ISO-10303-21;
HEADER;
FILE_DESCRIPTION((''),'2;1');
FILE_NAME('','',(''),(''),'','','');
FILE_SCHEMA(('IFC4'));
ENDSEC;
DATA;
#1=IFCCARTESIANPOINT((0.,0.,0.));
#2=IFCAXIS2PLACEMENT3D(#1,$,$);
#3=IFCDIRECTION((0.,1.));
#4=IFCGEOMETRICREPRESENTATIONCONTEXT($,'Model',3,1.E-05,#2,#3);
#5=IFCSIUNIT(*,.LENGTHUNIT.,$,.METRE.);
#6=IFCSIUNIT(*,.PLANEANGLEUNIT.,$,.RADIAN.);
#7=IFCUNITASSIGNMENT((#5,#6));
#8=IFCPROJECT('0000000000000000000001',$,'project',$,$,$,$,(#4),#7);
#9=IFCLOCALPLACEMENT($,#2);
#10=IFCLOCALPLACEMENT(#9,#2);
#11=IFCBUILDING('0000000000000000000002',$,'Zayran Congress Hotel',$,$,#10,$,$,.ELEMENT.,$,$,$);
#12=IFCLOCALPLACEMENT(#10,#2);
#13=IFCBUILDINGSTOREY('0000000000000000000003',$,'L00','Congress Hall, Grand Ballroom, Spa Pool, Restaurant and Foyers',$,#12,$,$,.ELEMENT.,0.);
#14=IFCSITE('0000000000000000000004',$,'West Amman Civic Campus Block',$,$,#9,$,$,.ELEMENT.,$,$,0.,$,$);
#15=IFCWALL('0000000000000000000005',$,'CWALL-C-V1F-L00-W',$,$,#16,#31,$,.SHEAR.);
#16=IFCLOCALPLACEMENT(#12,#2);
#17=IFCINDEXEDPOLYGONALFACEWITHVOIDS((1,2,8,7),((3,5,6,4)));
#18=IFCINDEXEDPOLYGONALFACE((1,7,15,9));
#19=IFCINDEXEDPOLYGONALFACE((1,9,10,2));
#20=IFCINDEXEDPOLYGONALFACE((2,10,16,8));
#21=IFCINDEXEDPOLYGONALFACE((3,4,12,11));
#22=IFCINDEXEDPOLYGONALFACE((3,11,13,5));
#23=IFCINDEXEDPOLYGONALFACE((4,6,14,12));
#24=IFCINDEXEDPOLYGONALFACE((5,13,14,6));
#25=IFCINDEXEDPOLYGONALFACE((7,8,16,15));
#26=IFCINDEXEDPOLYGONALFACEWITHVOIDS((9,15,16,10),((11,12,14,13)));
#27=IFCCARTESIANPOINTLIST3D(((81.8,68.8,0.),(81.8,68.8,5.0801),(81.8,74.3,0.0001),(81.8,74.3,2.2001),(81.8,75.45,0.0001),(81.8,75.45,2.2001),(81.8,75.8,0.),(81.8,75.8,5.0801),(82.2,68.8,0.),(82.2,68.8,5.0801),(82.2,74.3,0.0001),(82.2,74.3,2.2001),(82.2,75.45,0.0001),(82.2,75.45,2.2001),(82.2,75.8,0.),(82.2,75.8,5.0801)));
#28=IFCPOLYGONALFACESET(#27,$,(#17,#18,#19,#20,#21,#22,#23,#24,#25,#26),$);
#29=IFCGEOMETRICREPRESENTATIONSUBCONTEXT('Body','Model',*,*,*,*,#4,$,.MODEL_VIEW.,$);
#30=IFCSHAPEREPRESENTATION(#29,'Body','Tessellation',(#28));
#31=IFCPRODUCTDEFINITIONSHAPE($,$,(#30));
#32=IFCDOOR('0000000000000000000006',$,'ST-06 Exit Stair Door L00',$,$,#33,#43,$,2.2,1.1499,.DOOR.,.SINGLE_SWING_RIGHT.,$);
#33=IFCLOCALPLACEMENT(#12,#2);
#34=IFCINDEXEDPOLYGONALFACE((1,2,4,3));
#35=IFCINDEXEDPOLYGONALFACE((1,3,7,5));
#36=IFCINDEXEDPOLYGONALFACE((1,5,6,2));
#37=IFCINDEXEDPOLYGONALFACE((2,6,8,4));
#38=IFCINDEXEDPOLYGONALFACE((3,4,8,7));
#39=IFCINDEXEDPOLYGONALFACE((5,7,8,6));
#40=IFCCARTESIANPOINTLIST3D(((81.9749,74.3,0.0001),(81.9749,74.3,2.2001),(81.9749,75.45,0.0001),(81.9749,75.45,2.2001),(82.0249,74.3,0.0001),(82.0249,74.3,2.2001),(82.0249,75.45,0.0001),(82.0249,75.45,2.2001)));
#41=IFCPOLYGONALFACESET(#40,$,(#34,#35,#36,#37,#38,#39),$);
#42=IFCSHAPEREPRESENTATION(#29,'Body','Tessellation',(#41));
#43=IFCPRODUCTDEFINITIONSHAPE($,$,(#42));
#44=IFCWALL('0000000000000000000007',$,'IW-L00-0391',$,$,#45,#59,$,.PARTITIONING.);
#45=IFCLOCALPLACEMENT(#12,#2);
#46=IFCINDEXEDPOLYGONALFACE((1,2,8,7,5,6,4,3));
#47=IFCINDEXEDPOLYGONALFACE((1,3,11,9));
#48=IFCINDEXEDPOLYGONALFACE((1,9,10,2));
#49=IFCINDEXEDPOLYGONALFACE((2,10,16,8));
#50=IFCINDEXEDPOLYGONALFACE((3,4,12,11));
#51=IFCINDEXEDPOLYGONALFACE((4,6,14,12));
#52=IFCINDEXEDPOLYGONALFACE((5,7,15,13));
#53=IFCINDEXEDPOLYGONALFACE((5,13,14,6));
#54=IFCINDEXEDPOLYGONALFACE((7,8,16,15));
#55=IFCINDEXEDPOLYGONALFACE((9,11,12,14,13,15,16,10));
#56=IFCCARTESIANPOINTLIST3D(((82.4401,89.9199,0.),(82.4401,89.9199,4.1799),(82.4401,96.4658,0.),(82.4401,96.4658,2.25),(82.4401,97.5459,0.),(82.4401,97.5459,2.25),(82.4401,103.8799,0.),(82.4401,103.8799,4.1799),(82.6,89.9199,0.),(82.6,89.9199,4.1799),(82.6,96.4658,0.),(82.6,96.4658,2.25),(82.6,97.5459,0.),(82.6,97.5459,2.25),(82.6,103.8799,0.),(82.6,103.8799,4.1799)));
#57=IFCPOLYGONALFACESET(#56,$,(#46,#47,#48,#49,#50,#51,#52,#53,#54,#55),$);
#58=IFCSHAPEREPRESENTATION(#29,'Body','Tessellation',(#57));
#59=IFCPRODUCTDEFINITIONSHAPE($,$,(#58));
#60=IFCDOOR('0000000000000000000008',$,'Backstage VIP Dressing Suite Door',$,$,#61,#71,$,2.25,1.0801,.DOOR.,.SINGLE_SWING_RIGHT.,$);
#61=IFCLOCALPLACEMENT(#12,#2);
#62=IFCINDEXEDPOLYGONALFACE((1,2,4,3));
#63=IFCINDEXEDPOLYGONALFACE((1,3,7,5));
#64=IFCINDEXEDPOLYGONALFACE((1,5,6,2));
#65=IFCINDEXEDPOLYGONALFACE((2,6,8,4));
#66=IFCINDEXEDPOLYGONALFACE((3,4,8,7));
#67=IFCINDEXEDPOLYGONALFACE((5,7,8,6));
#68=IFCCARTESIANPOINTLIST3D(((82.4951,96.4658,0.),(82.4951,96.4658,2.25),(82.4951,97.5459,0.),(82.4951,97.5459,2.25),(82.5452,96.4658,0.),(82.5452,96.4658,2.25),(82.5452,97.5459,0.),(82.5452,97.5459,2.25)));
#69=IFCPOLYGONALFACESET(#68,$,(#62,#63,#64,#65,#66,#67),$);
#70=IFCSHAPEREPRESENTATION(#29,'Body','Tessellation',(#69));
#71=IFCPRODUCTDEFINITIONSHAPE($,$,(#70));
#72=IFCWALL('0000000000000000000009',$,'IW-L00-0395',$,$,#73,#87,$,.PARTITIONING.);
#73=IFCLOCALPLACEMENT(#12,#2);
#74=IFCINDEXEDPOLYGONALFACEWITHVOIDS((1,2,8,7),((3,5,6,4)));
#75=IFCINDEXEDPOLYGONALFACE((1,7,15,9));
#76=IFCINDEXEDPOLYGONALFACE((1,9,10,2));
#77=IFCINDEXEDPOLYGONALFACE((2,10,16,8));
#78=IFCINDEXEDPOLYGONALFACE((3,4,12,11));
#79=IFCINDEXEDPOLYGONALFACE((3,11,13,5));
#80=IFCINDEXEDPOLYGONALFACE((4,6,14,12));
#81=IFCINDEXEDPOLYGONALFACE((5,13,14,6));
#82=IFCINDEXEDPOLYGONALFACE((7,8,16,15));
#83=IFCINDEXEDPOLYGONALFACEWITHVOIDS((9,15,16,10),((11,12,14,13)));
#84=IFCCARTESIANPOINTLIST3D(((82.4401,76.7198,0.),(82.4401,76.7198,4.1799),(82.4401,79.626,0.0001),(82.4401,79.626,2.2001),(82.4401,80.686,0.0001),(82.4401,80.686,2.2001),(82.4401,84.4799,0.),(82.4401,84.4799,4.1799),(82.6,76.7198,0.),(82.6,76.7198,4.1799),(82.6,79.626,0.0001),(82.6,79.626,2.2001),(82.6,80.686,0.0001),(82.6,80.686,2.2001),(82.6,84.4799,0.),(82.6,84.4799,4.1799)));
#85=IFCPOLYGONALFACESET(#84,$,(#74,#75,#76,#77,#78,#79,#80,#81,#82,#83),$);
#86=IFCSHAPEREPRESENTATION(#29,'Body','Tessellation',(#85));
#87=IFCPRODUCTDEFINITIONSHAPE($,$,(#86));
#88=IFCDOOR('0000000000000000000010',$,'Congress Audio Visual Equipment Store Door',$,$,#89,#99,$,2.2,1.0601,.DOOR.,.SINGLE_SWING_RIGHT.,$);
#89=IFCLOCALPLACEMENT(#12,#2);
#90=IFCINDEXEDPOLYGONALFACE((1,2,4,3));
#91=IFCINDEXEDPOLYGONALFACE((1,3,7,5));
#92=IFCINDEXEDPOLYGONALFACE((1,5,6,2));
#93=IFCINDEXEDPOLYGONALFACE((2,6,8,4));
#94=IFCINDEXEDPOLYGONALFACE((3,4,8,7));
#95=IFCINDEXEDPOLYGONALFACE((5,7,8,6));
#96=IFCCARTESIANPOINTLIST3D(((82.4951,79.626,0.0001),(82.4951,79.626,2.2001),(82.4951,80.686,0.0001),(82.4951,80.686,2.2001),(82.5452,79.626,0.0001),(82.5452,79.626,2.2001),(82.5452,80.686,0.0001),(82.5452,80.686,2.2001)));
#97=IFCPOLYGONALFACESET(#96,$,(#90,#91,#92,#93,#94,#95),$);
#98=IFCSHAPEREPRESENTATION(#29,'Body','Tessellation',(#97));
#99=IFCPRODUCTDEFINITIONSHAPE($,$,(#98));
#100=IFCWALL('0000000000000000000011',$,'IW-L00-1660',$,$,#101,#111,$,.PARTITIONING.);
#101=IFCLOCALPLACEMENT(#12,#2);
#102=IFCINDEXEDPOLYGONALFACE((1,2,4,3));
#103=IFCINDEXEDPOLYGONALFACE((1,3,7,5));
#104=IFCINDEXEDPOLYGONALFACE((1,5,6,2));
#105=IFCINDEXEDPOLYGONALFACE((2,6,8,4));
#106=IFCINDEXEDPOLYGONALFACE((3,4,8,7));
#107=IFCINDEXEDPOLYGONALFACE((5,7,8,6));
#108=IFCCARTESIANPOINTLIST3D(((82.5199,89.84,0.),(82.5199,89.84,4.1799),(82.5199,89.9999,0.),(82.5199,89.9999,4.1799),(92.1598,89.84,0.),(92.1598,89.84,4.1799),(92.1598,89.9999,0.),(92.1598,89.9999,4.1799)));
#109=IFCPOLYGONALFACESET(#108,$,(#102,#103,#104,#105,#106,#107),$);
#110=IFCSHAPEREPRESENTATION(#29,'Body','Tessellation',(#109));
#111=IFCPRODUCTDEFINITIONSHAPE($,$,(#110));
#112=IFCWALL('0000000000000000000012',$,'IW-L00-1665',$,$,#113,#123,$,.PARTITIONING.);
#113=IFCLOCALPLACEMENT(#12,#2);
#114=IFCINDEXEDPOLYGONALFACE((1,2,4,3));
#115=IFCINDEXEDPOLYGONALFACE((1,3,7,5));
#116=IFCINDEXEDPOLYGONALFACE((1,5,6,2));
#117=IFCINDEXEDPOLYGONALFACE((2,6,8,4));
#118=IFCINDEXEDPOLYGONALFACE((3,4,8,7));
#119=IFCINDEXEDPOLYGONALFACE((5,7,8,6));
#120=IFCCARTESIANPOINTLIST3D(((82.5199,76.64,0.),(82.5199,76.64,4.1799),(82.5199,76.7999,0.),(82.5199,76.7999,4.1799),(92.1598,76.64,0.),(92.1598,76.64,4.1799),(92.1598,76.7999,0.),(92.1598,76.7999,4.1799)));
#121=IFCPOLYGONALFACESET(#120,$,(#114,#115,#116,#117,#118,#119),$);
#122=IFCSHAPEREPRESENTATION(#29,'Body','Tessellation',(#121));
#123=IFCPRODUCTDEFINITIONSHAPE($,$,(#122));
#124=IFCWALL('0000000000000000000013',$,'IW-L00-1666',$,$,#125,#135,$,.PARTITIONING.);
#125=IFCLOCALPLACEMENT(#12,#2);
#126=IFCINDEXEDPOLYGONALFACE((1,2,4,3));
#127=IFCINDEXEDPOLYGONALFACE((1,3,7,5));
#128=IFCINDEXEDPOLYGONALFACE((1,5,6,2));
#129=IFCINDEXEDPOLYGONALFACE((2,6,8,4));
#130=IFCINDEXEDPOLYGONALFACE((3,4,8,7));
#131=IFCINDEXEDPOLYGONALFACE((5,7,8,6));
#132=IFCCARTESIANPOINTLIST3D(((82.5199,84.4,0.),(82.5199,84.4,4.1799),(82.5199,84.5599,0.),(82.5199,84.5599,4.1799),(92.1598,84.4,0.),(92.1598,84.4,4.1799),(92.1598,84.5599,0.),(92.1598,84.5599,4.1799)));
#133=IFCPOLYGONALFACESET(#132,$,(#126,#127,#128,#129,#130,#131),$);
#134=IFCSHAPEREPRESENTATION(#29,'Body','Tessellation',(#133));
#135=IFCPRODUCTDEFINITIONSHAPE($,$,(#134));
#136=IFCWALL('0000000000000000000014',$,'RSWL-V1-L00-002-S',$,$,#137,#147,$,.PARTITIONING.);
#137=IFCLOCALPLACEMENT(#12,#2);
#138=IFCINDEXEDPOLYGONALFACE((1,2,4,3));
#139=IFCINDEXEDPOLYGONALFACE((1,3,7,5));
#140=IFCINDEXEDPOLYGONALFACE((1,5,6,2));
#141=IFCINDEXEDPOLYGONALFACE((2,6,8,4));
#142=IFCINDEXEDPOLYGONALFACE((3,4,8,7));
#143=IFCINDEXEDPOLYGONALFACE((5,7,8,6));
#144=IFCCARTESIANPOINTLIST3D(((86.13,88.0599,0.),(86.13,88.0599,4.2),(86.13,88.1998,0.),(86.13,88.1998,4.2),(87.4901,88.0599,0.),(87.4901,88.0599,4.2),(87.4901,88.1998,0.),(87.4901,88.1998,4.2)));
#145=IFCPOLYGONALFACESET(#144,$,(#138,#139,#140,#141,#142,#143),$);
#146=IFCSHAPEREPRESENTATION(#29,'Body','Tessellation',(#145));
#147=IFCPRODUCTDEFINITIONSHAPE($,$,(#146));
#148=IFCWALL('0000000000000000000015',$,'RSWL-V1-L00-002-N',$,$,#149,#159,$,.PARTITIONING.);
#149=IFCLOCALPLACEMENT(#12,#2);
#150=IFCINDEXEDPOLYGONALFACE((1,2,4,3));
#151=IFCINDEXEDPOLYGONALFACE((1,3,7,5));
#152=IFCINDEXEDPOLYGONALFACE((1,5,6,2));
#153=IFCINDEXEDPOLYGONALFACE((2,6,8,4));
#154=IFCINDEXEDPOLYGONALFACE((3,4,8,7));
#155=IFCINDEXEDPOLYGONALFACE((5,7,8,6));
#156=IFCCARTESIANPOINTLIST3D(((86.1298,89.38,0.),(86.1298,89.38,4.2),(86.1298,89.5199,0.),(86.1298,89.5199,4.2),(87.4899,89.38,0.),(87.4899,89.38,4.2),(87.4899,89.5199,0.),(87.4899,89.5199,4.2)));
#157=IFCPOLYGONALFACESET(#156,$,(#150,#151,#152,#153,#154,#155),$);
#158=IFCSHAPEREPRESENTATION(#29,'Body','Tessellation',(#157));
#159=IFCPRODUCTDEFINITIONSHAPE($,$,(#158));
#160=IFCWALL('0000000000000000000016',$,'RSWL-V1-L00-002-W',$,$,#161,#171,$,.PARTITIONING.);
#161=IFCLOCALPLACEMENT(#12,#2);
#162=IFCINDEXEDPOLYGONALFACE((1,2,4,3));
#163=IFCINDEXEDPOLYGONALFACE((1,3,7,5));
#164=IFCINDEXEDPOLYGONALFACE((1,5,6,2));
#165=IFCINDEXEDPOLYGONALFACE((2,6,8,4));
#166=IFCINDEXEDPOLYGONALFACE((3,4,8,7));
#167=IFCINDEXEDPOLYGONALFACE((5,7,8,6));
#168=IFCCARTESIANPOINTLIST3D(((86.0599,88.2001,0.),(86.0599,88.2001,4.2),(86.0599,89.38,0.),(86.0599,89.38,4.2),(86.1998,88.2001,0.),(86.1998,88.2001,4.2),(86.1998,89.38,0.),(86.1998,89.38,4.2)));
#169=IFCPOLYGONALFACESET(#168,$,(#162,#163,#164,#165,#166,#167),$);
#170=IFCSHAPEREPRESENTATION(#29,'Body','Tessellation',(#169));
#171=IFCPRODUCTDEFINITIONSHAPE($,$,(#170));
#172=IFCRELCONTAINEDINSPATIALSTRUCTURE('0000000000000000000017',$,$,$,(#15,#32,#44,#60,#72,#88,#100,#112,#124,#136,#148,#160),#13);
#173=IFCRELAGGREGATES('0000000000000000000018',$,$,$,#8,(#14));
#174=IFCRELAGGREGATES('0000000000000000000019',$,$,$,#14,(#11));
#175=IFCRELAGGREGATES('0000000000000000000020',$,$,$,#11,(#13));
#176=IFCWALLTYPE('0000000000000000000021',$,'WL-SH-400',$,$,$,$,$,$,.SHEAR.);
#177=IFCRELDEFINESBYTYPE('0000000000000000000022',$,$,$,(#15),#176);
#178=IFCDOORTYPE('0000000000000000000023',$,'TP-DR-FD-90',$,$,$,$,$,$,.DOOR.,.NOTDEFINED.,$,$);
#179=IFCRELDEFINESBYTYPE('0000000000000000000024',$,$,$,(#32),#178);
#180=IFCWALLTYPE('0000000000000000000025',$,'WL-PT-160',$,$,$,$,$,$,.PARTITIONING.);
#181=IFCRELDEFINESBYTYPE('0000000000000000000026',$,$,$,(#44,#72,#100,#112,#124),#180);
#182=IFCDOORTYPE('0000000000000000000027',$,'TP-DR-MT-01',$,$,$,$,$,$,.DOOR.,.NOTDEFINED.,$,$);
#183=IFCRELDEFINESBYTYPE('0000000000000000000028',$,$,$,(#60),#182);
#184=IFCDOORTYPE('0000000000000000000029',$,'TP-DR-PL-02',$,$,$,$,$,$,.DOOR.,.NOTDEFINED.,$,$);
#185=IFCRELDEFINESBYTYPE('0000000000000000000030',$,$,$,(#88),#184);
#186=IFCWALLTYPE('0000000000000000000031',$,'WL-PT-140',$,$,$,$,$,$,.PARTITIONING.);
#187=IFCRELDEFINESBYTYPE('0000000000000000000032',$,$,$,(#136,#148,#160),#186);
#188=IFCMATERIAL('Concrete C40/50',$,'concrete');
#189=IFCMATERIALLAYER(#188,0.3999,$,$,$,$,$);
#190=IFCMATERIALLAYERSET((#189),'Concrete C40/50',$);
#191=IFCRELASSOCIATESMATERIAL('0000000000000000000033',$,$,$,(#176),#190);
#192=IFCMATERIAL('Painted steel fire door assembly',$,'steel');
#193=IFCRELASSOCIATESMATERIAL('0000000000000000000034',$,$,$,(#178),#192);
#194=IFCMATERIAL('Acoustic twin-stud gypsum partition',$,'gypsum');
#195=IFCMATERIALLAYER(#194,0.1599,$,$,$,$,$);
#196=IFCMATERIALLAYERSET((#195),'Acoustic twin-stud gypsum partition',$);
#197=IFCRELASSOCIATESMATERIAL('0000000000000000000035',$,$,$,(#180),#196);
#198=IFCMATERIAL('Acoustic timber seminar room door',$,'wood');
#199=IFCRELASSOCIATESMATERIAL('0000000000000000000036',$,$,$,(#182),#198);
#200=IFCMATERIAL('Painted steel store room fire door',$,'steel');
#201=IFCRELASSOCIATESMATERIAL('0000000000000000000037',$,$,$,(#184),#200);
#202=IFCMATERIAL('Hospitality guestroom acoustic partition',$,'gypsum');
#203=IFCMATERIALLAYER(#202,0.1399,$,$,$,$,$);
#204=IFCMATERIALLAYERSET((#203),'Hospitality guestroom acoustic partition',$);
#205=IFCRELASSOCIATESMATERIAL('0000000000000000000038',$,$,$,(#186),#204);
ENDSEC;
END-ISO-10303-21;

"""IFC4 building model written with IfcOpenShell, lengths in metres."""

from ifc_helpers import new_model, si_unit, direction, frame, frame_2d, origin, place, context, subcontext, project, spatial, rectangle, extrude, material, layer, layer_set, type_object, element, fill, save


model = new_model("IFC4")

# Units and contexts
model_context = context("Model", 3, precision=1e-05, world=origin(), true_north=direction((0.0, 1.0)))
body_context = subcontext(model_context, "Body", "Model", "MODEL_VIEW")
ifc_project = project(units=[si_unit("LENGTHUNIT", "METRE"), si_unit("PLANEANGLEUNIT", "RADIAN")], contexts=[model_context])

# Site, building, storey
site_placement = place(None, origin())
site = spatial("IfcSite", under=ifc_project, at=site_placement, Name="West Amman Civic Campus Block", CompositionType="ELEMENT", RefElevation=0.0)
building_placement = place(site_placement, origin())
building = spatial("IfcBuilding", under=site, at=building_placement, Name="Zayran Congress Hotel", CompositionType="ELEMENT")
storey_placement = place(building_placement, origin())
storey = spatial("IfcBuildingStorey", under=building, at=storey_placement, Name="L00", Description="Congress Hall, Grand Ballroom, Spa Pool, Restaurant and Foyers", CompositionType="ELEMENT", Elevation=0.0)

# Shared definitions
ifc_material_1 = material(Name="Concrete C40/50", Category="concrete")

# Walls, openings, doors
ifc_layer_1 = layer(ifc_material_1, 0.3999)
ifc_layer_set_1 = layer_set([ifc_layer_1], Name="Concrete C40/50")
wall_type_1 = type_object("IfcWallType", Name="WL-SH-400", PredefinedType="SHEAR", material=ifc_layer_set_1)
wall_1_placement = place(storey_placement, frame((82.0, 75.8, 0.0), z_axis=(0.0, 0.0, 1.0), x_axis=(0.0, -1.0, 0.0)))
wall_1 = element("IfcWall", 1, at=wall_1_placement, inside=storey, type_object=wall_type_1, Name="CWALL-C-V1F-L00-W", PredefinedType="SHEAR", context=body_context, shape_type="SweptSolid", body=[
    extrude(rectangle(XDim=7.0, YDim=0.3999, at=frame_2d((3.5, 0.0))), origin(), (0.0, 0.0, 1.0), 5.0801),
])
opening_1_placement = place(wall_1_placement, frame((0.3501, 0.0, 0.0)))
opening_1 = element("IfcOpeningElement", 2, at=opening_1_placement, cuts=wall_1, PredefinedType="OPENING", context=body_context, shape_type="SweptSolid", body=[
    extrude(rectangle(XDim=1.1499, YDim=2.2, at=frame_2d((0.575, 1.1001))), frame((0.0, 0.21, 0.0), z_axis=(0.0, -1.0, 0.0), x_axis=(1.0, 0.0, 0.0)), (0.0, 0.0, 1.0), 0.4199),
])
ifc_material_2 = material(Name="Painted steel fire door assembly", Category="steel")
door_type_1 = type_object("IfcDoorType", Name="TP-DR-FD-90", OperationType="NOTDEFINED", PredefinedType="DOOR", material=ifc_material_2)
door_1_placement = place(opening_1_placement, origin())
door_1 = element("IfcDoor", 3, at=door_1_placement, inside=storey, type_object=door_type_1, Name="ST-06 Exit Stair Door L00", OperationType="SINGLE_SWING_RIGHT", OverallHeight=2.2, OverallWidth=1.1499, PredefinedType="DOOR", context=body_context, shape_type="SweptSolid", body=[
    extrude(rectangle(XDim=1.1499, YDim=2.2, at=frame_2d((0.575, 1.1001))), frame((0.0, 0.0249, 0.0), z_axis=(0.0, -1.0, 0.0), x_axis=(1.0, 0.0, 0.0)), (0.0, 0.0, 1.0), 0.05),
])
fill(opening_1, door_1)
ifc_material_3 = material(Name="Acoustic twin-stud gypsum partition", Category="gypsum")
ifc_layer_2 = layer(ifc_material_3, 0.1599)
ifc_layer_set_2 = layer_set([ifc_layer_2], Name="Acoustic twin-stud gypsum partition")
wall_type_2 = type_object("IfcWallType", Name="WL-PT-160", PredefinedType="PARTITIONING", material=ifc_layer_set_2)
wall_2_placement = place(storey_placement, frame((82.52, 89.9199, 0.0), z_axis=(0.0, 0.0, 1.0), x_axis=(0.0, 1.0, 0.0)))
wall_2 = element("IfcWall", 4, at=wall_2_placement, inside=storey, type_object=wall_type_2, Name="IW-L00-0391", PredefinedType="PARTITIONING", context=body_context, shape_type="SweptSolid", body=[
    extrude(rectangle(XDim=13.96, YDim=0.1599, at=frame_2d((6.98, 0.0))), origin(), (0.0, 0.0, 1.0), 4.1799),
])
opening_2_placement = place(wall_2_placement, frame((6.5459, 0.0, 0.0)))
opening_2 = element("IfcOpeningElement", 5, at=opening_2_placement, cuts=wall_2, PredefinedType="OPENING", context=body_context, shape_type="SweptSolid", body=[
    extrude(rectangle(XDim=1.0801, YDim=2.25, at=frame_2d((0.54, 1.125))), frame((0.0, 0.0898, 0.0), z_axis=(0.0, -1.0, 0.0), x_axis=(1.0, 0.0, 0.0)), (0.0, 0.0, 1.0), 0.1799),
])
ifc_material_4 = material(Name="Acoustic timber seminar room door", Category="wood")
door_type_2 = type_object("IfcDoorType", Name="TP-DR-MT-01", OperationType="NOTDEFINED", PredefinedType="DOOR", material=ifc_material_4)
door_2_placement = place(opening_2_placement, origin())
door_2 = element("IfcDoor", 6, at=door_2_placement, inside=storey, type_object=door_type_2, Name="Backstage VIP Dressing Suite Door", OperationType="SINGLE_SWING_RIGHT", OverallHeight=2.25, OverallWidth=1.0801, PredefinedType="DOOR", context=body_context, shape_type="SweptSolid", body=[
    extrude(rectangle(XDim=1.0801, YDim=2.25, at=frame_2d((0.54, 1.125))), frame((0.0, 0.0249, 0.0), z_axis=(0.0, -1.0, 0.0), x_axis=(1.0, 0.0, 0.0)), (0.0, 0.0, 1.0), 0.05),
])
fill(opening_2, door_2)
wall_3_placement = place(storey_placement, frame((82.52, 76.72, 0.0), z_axis=(0.0, 0.0, 1.0), x_axis=(0.0, 1.0, 0.0)))
wall_3 = element("IfcWall", 7, at=wall_3_placement, inside=storey, type_object=wall_type_2, Name="IW-L00-0395", PredefinedType="PARTITIONING", context=body_context, shape_type="SweptSolid", body=[
    extrude(rectangle(XDim=7.76, YDim=0.1599, at=frame_2d((3.8799, 0.0))), origin(), (0.0, 0.0, 1.0), 4.1799),
])
opening_3_placement = place(wall_3_placement, frame((2.906, 0.0, 0.0)))
opening_3 = element("IfcOpeningElement", 8, at=opening_3_placement, cuts=wall_3, PredefinedType="OPENING", context=body_context, shape_type="SweptSolid", body=[
    extrude(rectangle(XDim=1.0601, YDim=2.2, at=frame_2d((0.53, 1.1001))), frame((0.0, 0.0898, 0.0), z_axis=(0.0, -1.0, 0.0), x_axis=(1.0, 0.0, 0.0)), (0.0, 0.0, 1.0), 0.1799),
])
ifc_material_5 = material(Name="Painted steel store room fire door", Category="steel")
door_type_3 = type_object("IfcDoorType", Name="TP-DR-PL-02", OperationType="NOTDEFINED", PredefinedType="DOOR", material=ifc_material_5)
door_3_placement = place(opening_3_placement, origin())
door_3 = element("IfcDoor", 9, at=door_3_placement, inside=storey, type_object=door_type_3, Name="Congress Audio Visual Equipment Store Door", OperationType="SINGLE_SWING_RIGHT", OverallHeight=2.2, OverallWidth=1.0601, PredefinedType="DOOR", context=body_context, shape_type="SweptSolid", body=[
    extrude(rectangle(XDim=1.0601, YDim=2.2, at=frame_2d((0.53, 1.1001))), frame((0.0, 0.0249, 0.0), z_axis=(0.0, -1.0, 0.0), x_axis=(1.0, 0.0, 0.0)), (0.0, 0.0, 1.0), 0.05),
])
fill(opening_3, door_3)

# Walls
for number, where, z_axis, x_axis, name in (
    (10, (82.52, 89.9199, 0.0), (0.0, 0.0, 1.0), (1.0, 0.0, 0.0), "IW-L00-1660"),
    (11, (82.52, 76.72, 0.0), (0.0, 0.0, 1.0), (1.0, 0.0, 0.0), "IW-L00-1665"),
    (12, (82.52, 84.48, 0.0), (0.0, 0.0, 1.0), (1.0, 0.0, 0.0), "IW-L00-1666"),
):
    element("IfcWall", number, at=place(storey_placement, frame(where, z_axis=z_axis, x_axis=x_axis)), inside=storey, type_object=wall_type_2, Name=name, PredefinedType="PARTITIONING", context=body_context, shape_type="SweptSolid", body=[
        extrude(rectangle(XDim=9.6399, YDim=0.1599, at=frame_2d((4.8198, 0.0))), origin(), (0.0, 0.0, 1.0), 4.1799),
    ])
ifc_material_6 = material(Name="Hospitality guestroom acoustic partition", Category="gypsum")
ifc_layer_3 = layer(ifc_material_6, 0.1399)
ifc_layer_set_3 = layer_set([ifc_layer_3], Name="Hospitality guestroom acoustic partition")
wall_type_3 = type_object("IfcWallType", Name="WL-PT-140", PredefinedType="PARTITIONING", material=ifc_layer_set_3)
for number, where, z_axis, x_axis, name in (
    (13, (86.1299, 88.1299, 0.0), (0.0, 0.0, 1.0), (1.0, 0.0, 0.0), "RSWL-V1-L00-002-S"),
    (14, (87.49, 89.45, 0.0), (0.0, 0.0, 1.0), (-1.0, 0.0, 0.0), "RSWL-V1-L00-002-N"),
):
    element("IfcWall", number, at=place(storey_placement, frame(where, z_axis=z_axis, x_axis=x_axis)), inside=storey, type_object=wall_type_3, Name=name, PredefinedType="PARTITIONING", context=body_context, shape_type="SweptSolid", body=[
        extrude(rectangle(XDim=1.3601, YDim=0.1399, at=frame_2d((0.6802, 0.0))), origin(), (0.0, 0.0, 1.0), 4.2),
    ])
for number, where, z_axis, x_axis, name in (
    (15, (86.1299, 89.3799, 0.0), (0.0, 0.0, 1.0), (0.0, -1.0, 0.0), "RSWL-V1-L00-002-W"),
):
    element("IfcWall", number, at=place(storey_placement, frame(where, z_axis=z_axis, x_axis=x_axis)), inside=storey, type_object=wall_type_3, Name=name, PredefinedType="PARTITIONING", context=body_context, shape_type="SweptSolid", body=[
        extrude(rectangle(XDim=1.1799, YDim=0.1399, at=frame_2d((0.5898, 0.0))), origin(), (0.0, 0.0, 1.0), 4.2),
    ])

save(model, "model.ifc")
